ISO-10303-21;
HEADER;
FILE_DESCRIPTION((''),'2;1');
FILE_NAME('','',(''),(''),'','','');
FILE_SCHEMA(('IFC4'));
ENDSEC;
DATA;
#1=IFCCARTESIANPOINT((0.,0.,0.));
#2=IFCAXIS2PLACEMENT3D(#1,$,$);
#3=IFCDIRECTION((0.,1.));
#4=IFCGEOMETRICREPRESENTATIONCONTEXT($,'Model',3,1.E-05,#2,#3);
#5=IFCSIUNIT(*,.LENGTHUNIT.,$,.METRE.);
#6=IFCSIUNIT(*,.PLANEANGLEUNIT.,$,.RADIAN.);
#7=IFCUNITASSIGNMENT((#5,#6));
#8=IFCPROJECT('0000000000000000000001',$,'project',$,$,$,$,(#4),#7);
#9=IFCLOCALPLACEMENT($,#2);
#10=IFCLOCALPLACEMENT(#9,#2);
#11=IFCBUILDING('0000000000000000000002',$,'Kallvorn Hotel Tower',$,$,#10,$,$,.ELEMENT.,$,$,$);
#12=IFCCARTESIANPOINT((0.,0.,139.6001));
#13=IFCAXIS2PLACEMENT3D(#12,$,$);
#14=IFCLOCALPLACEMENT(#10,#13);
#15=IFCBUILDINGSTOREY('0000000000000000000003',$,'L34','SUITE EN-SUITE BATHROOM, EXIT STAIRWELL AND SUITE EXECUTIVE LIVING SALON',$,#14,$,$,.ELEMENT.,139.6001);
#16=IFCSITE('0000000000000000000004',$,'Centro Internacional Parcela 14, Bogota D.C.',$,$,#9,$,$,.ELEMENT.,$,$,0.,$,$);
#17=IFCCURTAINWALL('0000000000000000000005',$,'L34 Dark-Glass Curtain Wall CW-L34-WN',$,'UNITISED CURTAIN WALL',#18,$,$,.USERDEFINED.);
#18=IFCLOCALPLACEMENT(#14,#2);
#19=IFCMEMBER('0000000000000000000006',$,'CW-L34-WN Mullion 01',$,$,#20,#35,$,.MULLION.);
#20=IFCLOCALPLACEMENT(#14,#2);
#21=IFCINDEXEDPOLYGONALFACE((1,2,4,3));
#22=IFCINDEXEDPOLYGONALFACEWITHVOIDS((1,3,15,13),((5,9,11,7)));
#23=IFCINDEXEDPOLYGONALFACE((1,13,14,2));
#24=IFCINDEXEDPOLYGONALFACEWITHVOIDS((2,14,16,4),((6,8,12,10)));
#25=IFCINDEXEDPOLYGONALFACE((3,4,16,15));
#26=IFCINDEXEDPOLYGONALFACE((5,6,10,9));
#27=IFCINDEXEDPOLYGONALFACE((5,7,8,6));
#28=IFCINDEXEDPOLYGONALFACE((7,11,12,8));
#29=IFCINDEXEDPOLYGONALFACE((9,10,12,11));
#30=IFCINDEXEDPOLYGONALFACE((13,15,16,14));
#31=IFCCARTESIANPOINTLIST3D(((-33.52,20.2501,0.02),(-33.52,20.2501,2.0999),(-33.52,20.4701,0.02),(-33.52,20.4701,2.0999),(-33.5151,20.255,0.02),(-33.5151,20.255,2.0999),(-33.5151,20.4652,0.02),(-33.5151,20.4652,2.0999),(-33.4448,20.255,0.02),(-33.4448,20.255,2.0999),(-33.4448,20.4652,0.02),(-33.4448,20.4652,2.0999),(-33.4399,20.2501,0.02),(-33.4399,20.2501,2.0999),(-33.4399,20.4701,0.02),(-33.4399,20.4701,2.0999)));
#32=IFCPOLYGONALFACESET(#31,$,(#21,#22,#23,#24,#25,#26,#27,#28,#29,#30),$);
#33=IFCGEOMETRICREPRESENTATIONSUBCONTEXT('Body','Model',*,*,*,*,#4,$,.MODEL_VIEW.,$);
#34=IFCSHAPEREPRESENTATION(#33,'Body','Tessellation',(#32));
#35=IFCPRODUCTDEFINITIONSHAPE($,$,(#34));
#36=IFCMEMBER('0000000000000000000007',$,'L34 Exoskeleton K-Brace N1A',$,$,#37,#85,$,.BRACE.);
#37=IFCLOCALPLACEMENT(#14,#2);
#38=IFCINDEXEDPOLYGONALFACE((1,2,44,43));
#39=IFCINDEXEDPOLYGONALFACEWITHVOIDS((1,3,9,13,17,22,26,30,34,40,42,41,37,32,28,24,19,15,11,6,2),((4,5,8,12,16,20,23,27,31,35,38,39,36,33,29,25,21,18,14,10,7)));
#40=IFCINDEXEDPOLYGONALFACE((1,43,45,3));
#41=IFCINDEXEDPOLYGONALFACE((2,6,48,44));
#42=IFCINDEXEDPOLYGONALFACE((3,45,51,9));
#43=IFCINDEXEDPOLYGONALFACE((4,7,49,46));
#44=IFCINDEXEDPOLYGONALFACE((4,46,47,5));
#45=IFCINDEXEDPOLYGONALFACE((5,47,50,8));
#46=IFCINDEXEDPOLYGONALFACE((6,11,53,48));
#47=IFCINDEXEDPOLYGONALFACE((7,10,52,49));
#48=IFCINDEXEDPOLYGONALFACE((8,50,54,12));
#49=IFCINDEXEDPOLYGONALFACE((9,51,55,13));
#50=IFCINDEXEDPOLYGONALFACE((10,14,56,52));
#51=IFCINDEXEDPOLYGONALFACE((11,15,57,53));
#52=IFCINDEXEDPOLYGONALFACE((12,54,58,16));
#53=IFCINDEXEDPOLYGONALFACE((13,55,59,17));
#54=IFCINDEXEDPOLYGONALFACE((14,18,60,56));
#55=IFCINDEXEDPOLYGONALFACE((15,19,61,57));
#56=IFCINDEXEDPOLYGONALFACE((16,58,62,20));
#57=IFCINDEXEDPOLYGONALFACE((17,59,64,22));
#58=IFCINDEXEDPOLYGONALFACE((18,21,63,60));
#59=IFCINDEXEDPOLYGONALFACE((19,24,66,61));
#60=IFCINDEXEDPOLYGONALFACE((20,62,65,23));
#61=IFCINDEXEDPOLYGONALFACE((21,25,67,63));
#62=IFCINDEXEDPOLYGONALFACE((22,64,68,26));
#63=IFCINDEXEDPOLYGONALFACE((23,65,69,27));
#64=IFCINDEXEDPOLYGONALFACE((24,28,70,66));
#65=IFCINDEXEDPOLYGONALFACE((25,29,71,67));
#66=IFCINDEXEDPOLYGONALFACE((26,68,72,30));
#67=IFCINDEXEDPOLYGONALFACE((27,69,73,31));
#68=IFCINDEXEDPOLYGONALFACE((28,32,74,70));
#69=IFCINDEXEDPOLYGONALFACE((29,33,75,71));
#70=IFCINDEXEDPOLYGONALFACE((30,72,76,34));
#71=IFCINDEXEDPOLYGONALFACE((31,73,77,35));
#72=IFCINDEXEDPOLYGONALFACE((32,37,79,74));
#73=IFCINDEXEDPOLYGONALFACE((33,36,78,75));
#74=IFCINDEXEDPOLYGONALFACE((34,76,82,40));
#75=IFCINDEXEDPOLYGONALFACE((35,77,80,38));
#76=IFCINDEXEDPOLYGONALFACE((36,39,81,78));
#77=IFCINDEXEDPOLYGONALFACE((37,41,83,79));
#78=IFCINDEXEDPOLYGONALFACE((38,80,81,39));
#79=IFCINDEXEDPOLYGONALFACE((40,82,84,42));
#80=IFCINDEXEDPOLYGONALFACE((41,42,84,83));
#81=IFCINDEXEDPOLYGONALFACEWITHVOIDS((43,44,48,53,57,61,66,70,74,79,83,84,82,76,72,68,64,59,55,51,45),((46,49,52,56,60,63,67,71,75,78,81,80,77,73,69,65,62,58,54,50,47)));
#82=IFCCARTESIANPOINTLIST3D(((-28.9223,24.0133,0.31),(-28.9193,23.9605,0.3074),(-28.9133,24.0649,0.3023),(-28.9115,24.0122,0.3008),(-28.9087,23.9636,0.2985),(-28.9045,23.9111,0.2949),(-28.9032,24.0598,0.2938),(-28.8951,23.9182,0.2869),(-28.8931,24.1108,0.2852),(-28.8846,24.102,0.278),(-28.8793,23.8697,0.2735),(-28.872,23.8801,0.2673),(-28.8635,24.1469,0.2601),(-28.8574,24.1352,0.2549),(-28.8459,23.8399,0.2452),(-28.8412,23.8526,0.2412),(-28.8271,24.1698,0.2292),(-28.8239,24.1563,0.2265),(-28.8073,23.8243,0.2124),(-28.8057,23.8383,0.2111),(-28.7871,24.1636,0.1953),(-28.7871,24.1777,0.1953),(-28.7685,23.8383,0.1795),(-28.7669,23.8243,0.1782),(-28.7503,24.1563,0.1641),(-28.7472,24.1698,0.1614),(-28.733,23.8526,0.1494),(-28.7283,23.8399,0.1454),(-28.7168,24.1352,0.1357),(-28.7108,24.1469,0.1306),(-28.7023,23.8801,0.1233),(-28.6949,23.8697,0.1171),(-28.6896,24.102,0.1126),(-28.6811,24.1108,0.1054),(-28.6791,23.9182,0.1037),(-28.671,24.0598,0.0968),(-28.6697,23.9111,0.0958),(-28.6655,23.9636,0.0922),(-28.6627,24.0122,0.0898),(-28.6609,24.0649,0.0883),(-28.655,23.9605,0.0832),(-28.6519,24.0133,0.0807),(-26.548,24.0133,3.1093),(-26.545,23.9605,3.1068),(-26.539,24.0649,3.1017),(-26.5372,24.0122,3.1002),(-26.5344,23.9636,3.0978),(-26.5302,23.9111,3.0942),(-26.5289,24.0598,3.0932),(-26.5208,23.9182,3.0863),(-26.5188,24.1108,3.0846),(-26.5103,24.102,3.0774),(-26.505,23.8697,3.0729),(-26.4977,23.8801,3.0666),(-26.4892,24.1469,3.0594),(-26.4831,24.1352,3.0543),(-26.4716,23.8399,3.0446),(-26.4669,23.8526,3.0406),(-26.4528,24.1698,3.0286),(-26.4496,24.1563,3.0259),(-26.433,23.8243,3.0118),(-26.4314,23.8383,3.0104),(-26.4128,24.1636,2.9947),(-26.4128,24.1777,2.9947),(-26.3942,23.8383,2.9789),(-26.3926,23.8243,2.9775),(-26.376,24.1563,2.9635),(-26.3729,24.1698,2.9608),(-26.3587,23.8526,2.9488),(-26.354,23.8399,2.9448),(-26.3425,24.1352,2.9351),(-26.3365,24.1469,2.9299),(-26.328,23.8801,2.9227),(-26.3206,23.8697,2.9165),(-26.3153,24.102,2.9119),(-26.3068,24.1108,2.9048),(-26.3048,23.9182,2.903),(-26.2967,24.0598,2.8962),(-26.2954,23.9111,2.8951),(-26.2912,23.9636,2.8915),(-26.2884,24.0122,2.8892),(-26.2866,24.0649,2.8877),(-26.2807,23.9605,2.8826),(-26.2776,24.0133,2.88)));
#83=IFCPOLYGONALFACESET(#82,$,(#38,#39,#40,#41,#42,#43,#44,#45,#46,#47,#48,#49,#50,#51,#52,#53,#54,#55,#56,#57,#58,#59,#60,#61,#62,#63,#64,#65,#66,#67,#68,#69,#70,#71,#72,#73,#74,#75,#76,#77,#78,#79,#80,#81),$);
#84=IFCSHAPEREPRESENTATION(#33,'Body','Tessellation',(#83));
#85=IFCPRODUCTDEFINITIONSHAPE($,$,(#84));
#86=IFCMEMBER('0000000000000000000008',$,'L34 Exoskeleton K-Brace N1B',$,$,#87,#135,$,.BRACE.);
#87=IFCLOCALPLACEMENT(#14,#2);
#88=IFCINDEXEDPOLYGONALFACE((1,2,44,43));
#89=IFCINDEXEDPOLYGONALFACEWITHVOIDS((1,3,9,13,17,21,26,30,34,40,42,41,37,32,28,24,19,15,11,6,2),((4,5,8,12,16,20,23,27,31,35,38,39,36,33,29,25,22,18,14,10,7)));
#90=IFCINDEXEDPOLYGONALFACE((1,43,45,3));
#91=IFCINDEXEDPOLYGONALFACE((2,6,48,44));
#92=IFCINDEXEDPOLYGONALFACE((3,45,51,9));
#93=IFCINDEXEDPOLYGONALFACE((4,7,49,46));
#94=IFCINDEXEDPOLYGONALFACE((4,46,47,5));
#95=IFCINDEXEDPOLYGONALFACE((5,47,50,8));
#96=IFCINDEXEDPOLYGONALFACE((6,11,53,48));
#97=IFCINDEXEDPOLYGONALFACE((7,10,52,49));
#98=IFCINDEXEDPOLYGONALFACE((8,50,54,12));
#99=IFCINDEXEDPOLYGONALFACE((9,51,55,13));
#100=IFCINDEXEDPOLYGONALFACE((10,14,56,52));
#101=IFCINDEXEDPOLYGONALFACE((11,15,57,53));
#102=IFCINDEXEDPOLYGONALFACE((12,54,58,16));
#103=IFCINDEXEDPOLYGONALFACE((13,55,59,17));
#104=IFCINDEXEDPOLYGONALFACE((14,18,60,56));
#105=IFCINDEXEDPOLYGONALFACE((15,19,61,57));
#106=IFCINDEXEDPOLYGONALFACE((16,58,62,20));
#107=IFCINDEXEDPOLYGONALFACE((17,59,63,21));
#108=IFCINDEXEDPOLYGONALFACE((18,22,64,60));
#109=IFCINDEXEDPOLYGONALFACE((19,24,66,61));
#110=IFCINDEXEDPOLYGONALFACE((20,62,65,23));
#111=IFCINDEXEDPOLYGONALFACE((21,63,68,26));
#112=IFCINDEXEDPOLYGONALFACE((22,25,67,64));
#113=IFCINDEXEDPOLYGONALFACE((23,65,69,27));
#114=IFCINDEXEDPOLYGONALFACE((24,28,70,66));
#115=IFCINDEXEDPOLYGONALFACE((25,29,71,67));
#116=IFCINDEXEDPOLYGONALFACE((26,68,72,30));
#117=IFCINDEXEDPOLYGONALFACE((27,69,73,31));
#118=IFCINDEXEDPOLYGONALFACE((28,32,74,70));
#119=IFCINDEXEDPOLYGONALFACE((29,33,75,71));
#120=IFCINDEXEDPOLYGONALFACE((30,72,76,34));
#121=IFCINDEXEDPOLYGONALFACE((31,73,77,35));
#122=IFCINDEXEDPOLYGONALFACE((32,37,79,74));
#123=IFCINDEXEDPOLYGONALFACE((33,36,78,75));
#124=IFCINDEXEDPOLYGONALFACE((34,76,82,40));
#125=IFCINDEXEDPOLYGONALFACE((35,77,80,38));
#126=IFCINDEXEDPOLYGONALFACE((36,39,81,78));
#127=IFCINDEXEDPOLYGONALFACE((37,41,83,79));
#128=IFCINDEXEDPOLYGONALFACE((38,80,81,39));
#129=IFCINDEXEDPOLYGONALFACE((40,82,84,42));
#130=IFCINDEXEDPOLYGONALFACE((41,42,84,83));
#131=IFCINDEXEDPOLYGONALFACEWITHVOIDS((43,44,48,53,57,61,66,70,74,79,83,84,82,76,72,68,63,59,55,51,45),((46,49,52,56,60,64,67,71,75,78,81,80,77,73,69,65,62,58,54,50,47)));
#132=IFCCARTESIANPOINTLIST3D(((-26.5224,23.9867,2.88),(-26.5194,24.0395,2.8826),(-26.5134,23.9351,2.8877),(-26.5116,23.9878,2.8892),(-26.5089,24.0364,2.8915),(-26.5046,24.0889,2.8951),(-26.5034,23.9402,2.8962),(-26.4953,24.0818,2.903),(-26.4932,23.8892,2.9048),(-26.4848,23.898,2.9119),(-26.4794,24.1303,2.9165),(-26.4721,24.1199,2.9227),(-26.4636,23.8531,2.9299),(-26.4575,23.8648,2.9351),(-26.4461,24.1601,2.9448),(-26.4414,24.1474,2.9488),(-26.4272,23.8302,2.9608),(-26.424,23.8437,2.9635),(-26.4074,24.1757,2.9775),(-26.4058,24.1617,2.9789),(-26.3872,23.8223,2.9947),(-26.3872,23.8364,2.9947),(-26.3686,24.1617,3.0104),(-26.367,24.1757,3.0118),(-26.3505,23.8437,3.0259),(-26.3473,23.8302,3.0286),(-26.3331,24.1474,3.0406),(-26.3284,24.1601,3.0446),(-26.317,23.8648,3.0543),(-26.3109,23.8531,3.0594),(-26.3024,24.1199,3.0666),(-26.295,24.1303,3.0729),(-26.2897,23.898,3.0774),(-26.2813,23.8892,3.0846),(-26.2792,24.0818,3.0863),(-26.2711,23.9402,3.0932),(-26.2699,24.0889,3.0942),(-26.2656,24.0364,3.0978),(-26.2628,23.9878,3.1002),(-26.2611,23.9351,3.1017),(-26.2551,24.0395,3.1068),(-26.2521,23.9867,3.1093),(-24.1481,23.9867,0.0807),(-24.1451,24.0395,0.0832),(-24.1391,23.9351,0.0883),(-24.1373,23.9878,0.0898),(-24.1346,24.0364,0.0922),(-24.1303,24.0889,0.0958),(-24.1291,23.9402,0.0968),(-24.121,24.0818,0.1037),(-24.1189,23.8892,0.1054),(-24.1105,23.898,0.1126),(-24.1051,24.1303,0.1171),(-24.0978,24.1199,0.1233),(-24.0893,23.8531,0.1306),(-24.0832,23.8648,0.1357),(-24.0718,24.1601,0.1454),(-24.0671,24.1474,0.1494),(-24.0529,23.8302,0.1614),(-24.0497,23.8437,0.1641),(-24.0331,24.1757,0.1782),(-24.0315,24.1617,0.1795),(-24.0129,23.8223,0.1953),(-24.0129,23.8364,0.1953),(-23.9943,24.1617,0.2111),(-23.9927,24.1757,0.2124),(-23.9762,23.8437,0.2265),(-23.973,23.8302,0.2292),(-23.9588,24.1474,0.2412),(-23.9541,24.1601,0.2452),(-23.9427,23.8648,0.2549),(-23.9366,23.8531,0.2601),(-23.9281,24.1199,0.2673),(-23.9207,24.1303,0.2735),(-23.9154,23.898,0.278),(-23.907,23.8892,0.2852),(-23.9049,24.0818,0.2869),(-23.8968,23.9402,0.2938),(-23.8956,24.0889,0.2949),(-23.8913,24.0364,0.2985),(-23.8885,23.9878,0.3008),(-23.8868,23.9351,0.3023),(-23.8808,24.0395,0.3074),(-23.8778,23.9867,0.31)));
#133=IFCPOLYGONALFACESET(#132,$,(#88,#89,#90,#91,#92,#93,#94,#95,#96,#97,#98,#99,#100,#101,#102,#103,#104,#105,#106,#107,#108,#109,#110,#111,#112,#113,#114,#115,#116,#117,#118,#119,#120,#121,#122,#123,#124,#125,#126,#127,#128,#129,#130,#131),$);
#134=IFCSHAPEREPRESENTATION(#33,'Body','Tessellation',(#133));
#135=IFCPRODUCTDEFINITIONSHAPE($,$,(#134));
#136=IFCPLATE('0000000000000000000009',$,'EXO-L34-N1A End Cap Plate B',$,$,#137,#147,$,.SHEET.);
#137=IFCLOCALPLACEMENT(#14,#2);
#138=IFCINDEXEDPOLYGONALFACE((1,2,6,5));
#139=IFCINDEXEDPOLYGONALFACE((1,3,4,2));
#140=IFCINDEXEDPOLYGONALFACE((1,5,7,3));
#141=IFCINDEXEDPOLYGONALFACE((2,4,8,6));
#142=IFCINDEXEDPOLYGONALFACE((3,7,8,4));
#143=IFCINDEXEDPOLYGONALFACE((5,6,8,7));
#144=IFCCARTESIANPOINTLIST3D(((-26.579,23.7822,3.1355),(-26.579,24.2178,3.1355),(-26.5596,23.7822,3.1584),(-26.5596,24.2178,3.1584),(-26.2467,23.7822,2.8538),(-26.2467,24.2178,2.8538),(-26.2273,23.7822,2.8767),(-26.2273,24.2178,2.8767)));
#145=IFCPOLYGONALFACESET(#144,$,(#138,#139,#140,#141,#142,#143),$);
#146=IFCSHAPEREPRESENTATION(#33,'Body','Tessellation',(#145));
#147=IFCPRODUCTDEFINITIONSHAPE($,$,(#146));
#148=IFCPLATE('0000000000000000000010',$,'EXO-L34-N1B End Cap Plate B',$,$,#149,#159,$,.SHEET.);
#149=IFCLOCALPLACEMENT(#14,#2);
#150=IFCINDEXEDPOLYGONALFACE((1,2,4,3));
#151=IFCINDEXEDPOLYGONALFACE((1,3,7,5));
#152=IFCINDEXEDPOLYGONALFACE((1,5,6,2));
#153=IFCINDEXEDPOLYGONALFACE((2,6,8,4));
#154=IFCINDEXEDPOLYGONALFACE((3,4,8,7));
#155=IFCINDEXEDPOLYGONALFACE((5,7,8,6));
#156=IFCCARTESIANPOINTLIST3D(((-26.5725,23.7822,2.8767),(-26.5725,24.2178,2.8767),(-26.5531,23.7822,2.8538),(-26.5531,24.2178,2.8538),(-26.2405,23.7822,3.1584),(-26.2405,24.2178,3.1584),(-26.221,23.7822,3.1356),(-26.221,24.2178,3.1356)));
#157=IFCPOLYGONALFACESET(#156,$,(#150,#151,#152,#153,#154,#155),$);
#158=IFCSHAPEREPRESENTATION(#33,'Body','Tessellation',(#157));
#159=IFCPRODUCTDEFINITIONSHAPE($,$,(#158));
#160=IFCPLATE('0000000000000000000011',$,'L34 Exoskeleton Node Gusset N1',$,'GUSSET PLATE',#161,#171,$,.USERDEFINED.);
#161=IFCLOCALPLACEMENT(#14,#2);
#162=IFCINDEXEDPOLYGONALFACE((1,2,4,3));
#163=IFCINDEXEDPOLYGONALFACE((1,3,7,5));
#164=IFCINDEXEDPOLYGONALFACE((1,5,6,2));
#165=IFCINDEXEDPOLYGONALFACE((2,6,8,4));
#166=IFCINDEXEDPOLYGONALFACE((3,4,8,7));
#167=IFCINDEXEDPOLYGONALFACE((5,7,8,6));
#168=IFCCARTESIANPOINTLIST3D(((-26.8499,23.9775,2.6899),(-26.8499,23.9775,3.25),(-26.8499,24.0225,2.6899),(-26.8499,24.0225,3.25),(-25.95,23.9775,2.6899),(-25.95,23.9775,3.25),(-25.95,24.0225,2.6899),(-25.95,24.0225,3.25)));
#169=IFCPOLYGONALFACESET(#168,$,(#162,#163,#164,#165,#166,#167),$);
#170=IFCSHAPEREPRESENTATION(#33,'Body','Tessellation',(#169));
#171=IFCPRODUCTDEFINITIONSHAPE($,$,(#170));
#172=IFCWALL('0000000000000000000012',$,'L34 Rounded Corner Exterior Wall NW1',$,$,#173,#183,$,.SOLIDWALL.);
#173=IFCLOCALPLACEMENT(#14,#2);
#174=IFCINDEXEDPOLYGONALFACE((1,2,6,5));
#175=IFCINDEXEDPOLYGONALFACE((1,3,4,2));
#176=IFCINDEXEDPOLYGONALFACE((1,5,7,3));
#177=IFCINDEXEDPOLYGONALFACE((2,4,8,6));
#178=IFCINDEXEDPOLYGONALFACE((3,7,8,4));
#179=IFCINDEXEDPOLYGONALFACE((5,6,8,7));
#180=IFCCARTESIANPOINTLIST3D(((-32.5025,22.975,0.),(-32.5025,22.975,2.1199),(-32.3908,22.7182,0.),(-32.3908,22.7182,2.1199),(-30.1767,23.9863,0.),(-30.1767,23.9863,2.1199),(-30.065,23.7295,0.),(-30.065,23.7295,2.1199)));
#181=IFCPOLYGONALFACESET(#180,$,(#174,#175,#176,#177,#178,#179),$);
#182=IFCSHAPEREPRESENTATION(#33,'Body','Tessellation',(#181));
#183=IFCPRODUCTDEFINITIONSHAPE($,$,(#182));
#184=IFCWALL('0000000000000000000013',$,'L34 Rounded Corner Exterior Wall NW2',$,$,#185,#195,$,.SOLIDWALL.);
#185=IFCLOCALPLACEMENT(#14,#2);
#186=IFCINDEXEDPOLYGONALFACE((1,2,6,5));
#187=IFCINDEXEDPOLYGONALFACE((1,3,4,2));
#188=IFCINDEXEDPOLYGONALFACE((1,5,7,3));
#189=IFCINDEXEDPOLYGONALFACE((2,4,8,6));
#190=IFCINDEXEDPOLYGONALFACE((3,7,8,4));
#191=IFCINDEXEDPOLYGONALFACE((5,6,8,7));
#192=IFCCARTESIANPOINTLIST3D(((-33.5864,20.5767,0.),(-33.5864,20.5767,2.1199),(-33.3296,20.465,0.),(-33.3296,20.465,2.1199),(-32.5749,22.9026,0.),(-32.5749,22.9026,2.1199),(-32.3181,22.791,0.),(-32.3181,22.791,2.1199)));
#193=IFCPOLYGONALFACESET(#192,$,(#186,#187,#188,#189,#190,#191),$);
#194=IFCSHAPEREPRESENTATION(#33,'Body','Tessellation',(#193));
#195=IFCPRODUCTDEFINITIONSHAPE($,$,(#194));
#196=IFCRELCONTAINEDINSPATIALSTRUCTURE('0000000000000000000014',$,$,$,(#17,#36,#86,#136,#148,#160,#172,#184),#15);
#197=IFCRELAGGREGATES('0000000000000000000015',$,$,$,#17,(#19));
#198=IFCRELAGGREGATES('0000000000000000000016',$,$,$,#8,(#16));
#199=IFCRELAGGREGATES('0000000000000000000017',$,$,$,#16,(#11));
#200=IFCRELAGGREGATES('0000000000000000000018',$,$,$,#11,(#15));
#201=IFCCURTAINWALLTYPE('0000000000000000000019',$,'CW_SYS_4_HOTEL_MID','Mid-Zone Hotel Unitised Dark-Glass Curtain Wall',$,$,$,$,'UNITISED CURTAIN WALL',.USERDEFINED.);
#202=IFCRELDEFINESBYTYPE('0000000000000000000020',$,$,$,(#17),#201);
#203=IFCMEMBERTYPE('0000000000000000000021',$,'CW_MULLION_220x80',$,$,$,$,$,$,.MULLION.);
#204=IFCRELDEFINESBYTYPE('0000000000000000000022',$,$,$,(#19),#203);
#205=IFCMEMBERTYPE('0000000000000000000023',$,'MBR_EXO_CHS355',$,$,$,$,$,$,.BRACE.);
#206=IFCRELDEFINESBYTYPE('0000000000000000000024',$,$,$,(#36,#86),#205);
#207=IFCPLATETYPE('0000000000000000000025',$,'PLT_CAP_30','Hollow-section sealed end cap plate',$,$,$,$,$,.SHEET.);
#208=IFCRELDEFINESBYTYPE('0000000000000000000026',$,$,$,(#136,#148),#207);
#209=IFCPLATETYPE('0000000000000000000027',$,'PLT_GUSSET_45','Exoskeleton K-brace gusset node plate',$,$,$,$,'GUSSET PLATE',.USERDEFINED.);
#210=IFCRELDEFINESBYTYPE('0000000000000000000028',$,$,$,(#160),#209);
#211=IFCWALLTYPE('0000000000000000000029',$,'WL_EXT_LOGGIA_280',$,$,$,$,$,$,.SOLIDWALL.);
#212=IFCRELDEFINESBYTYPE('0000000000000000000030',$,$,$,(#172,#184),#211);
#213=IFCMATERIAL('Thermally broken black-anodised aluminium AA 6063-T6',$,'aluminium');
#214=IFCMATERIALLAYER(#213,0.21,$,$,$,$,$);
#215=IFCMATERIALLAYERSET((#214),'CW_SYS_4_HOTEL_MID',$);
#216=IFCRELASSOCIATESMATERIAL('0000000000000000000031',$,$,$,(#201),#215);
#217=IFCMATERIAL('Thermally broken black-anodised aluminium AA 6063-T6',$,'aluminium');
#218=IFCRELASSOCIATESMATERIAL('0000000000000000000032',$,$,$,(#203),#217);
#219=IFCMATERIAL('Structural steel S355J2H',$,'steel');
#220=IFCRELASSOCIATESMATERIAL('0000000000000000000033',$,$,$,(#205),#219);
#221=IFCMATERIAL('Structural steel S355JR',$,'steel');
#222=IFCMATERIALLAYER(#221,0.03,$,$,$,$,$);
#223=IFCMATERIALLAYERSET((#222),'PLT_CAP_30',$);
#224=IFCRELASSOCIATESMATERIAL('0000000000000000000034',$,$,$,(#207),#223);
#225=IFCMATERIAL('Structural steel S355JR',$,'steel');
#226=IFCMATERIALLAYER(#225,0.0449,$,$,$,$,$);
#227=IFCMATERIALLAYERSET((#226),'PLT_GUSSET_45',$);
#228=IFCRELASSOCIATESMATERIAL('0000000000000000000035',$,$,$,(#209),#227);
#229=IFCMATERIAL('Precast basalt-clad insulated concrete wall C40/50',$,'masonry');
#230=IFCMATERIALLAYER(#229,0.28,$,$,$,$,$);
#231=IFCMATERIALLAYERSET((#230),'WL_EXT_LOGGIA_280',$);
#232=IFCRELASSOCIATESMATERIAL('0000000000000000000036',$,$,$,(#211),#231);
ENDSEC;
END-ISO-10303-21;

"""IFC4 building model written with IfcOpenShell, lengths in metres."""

from ifc_helpers import new_model, si_unit, direction, frame, frame_2d, origin, origin_2d, place, context, subcontext, project, spatial, polyline, rectangle, hollow_rectangle, hollow_circle, outline, extrude, material, layer, layer_set, material_profile, profile_set, type_object, element, aggregate, save


model = new_model("IFC4")

# Units and contexts
model_context = context("Model", 3, precision=1e-05, world=origin(), true_north=direction((0.0, 1.0)))
body_context = subcontext(model_context, "Body", "Model", "MODEL_VIEW")
ifc_project = project(units=[si_unit("LENGTHUNIT", "METRE"), si_unit("PLANEANGLEUNIT", "RADIAN")], contexts=[model_context])

# Site, building, storey
site_placement = place(None, origin())
site = spatial("IfcSite", under=ifc_project, at=site_placement, Name="Centro Internacional Parcela 14, Bogota D.C.", CompositionType="ELEMENT", RefElevation=0.0)
building_placement = place(site_placement, origin())
building = spatial("IfcBuilding", under=site, at=building_placement, Name="Kallvorn Hotel Tower", CompositionType="ELEMENT")
storey_placement = place(building_placement, frame((0.0, 0.0, 139.6001)))
storey = spatial("IfcBuildingStorey", under=building, at=storey_placement, Name="L34", Description="SUITE EN-SUITE BATHROOM, EXIT STAIRWELL AND SUITE EXECUTIVE LIVING SALON", CompositionType="ELEMENT", Elevation=139.6001)

# Curtain wall, member
ifc_material_1 = material(Name="Thermally broken black-anodised aluminium AA 6063-T6", Category="aluminium")
ifc_layer_1 = layer(ifc_material_1, 0.21)
ifc_layer_set_1 = layer_set([ifc_layer_1], Name="CW_SYS_4_HOTEL_MID")
curtain_wall_type = type_object("IfcCurtainWallType", Name="CW_SYS_4_HOTEL_MID", Description="Mid-Zone Hotel Unitised Dark-Glass Curtain Wall", ElementType="UNITISED CURTAIN WALL", PredefinedType="USERDEFINED", material=ifc_layer_set_1)
curtain_wall_placement = place(storey_placement, origin())
curtain_wall = element("IfcCurtainWall", 1, at=curtain_wall_placement, inside=storey, type_object=curtain_wall_type, Name="L34 Dark-Glass Curtain Wall CW-L34-WN", ObjectType="UNITISED CURTAIN WALL", PredefinedType="USERDEFINED")
ifc_material_2 = material(Name="Thermally broken black-anodised aluminium AA 6063-T6", Category="aluminium")
ifc_material_profile_1 = material_profile(ifc_material_2, hollow_rectangle(XDim=0.0801, YDim=0.22, WallThickness=0.0049, at=origin_2d()), Name="MUL 220x80")
ifc_profile_set_1 = profile_set([ifc_material_profile_1], Name="Thermally broken black-anodised aluminium AA 6063-T6")
member_type_1 = type_object("IfcMemberType", Name="CW_MULLION_220x80", PredefinedType="MULLION", material=ifc_profile_set_1)
member_placement = place(storey_placement, frame((-33.48, 20.3601, 0.02), z_axis=(0.0, 0.0, 1.0), x_axis=(1.0, 0.0, 0.0)))
member = element("IfcMember", 2, at=member_placement, type_object=member_type_1, Name="CW-L34-WN Mullion 01", PredefinedType="MULLION", context=body_context, shape_type="SweptSolid", body=[
    extrude(hollow_rectangle(XDim=0.0801, YDim=0.22, WallThickness=0.0049, at=origin_2d()), origin(), (0.0, 0.0, 1.0), 2.0798),
])
aggregate(curtain_wall, [member])

# Members
ifc_material_3 = material(Name="Structural steel S355J2H", Category="steel")
ifc_material_profile_2 = material_profile(ifc_material_3, hollow_circle(Radius=0.1777, WallThickness=0.0142, at=origin_2d()), Name="CHS 355.6x14.2")
ifc_profile_set_2 = profile_set([ifc_material_profile_2], Name="Structural steel S355J2H")
member_type_2 = type_object("IfcMemberType", Name="MBR_EXO_CHS355", PredefinedType="BRACE", material=ifc_profile_set_2)
for number, where, z_axis, x_axis, name in (
    (3, (-28.7871, 24.0, 0.1953), (0.646833, 0.0, 0.762631), (0.0, 1.0, 0.0), "L34 Exoskeleton K-Brace N1A"),
    (4, (-24.0129, 24.0, 0.1953), (-0.646833, 0.0, 0.762631), (0.0, -1.0, 0.0), "L34 Exoskeleton K-Brace N1B"),
):
    element("IfcMember", number, at=place(storey_placement, frame(where, z_axis=z_axis, x_axis=x_axis)), inside=storey, type_object=member_type_2, Name=name, PredefinedType="BRACE", context=body_context, shape_type="SweptSolid", body=[
        extrude(hollow_circle(Radius=0.1777, WallThickness=0.0142, at=origin_2d()), origin(), (0.0, 0.0, 1.0), 3.6707),
    ])

# Plates
ifc_material_4 = material(Name="Structural steel S355JR", Category="steel")
ifc_layer_2 = layer(ifc_material_4, 0.03)
ifc_layer_set_2 = layer_set([ifc_layer_2], Name="PLT_CAP_30")
plate_type_1 = type_object("IfcPlateType", Name="PLT_CAP_30", Description="Hollow-section sealed end cap plate", PredefinedType="SHEET", material=ifc_layer_set_2)
plate_1_placement = place(storey_placement, frame((-26.2273, 23.7822, 2.8767), z_axis=(0.646721, 0.0, 0.762727), x_axis=(0.0, 1.0, 0.0)))
element("IfcPlate", 5, at=plate_1_placement, inside=storey, type_object=plate_type_1, Name="EXO-L34-N1A End Cap Plate B", PredefinedType="SHEET", context=body_context, shape_type="SweptSolid", body=[
    extrude(outline(polyline([(0.0, 0.0), (0.4355, 0.0), (0.4355, 0.4356), (0.0, 0.4356), (0.0, 0.0)])), origin(), (0.0, 0.0, -1.0), 0.03),
])
plate_2_placement = place(storey_placement, frame((-26.5725, 24.2178, 2.8767), z_axis=(-0.646997, 0.0, 0.762492), x_axis=(0.0, -1.0, 0.0)))
element("IfcPlate", 6, at=plate_2_placement, inside=storey, type_object=plate_type_1, Name="EXO-L34-N1B End Cap Plate B", PredefinedType="SHEET", context=body_context, shape_type="SweptSolid", body=[
    extrude(outline(polyline([(0.0, 0.0), (0.4355, 0.0), (0.4355, 0.4355), (0.0, 0.4355), (0.0, 0.0)])), origin(), (0.0, 0.0, -1.0), 0.03),
])
ifc_material_5 = material(Name="Structural steel S355JR", Category="steel")
ifc_layer_3 = layer(ifc_material_5, 0.0449)
ifc_layer_set_3 = layer_set([ifc_layer_3], Name="PLT_GUSSET_45")
plate_type_2 = type_object("IfcPlateType", Name="PLT_GUSSET_45", Description="Exoskeleton K-brace gusset node plate", ElementType="GUSSET PLATE", PredefinedType="USERDEFINED", material=ifc_layer_set_3)
plate_3_placement = place(storey_placement, frame((-26.3999, 24.0, 2.6899), z_axis=(0.0, 0.0, 1.0), x_axis=(1.0, 0.0, 0.0)))
element("IfcPlate", 7, at=plate_3_placement, inside=storey, type_object=plate_type_2, Name="L34 Exoskeleton Node Gusset N1", ObjectType="GUSSET PLATE", PredefinedType="USERDEFINED", context=body_context, shape_type="SweptSolid", body=[
    extrude(rectangle(XDim=0.8999, YDim=0.0449, at=origin_2d()), origin(), (0.0, 0.0, 1.0), 0.5601),
])

# Walls
ifc_material_6 = material(Name="Precast basalt-clad insulated concrete wall C40/50", Category="masonry")
ifc_layer_4 = layer(ifc_material_6, 0.28)
ifc_layer_set_4 = layer_set([ifc_layer_4], Name="WL_EXT_LOGGIA_280")
wall_type = type_object("IfcWallType", Name="WL_EXT_LOGGIA_280", PredefinedType="SOLIDWALL", material=ifc_layer_set_4)
wall_1_placement = place(storey_placement, frame((-30.1208, 23.8579, 0.0), z_axis=(0.0, 0.0, 1.0), x_axis=(-0.917061, -0.398747, 0.0)))
element("IfcWall", 8, at=wall_1_placement, inside=storey, type_object=wall_type, Name="L34 Rounded Corner Exterior Wall NW1", PredefinedType="SOLIDWALL", context=body_context, shape_type="SweptSolid", body=[
    extrude(rectangle(XDim=2.5361, YDim=0.28, at=frame_2d((1.2681, 0.0))), origin(), (0.0, 0.0, 1.0), 2.1199),
])
wall_2_placement = place(storey_placement, frame((-32.4465, 22.8467, 0.0), z_axis=(0.0, 0.0, 1.0), x_axis=(-0.398793, -0.917041, 0.0)))
element("IfcWall", 9, at=wall_2_placement, inside=storey, type_object=wall_type, Name="L34 Rounded Corner Exterior Wall NW2", PredefinedType="SOLIDWALL", context=body_context, shape_type="SweptSolid", body=[
    extrude(rectangle(XDim=2.5364, YDim=0.28, at=frame_2d((1.2681, 0.0))), origin(), (0.0, 0.0, 1.0), 2.1199),
])

save(model, "model.ifc")
